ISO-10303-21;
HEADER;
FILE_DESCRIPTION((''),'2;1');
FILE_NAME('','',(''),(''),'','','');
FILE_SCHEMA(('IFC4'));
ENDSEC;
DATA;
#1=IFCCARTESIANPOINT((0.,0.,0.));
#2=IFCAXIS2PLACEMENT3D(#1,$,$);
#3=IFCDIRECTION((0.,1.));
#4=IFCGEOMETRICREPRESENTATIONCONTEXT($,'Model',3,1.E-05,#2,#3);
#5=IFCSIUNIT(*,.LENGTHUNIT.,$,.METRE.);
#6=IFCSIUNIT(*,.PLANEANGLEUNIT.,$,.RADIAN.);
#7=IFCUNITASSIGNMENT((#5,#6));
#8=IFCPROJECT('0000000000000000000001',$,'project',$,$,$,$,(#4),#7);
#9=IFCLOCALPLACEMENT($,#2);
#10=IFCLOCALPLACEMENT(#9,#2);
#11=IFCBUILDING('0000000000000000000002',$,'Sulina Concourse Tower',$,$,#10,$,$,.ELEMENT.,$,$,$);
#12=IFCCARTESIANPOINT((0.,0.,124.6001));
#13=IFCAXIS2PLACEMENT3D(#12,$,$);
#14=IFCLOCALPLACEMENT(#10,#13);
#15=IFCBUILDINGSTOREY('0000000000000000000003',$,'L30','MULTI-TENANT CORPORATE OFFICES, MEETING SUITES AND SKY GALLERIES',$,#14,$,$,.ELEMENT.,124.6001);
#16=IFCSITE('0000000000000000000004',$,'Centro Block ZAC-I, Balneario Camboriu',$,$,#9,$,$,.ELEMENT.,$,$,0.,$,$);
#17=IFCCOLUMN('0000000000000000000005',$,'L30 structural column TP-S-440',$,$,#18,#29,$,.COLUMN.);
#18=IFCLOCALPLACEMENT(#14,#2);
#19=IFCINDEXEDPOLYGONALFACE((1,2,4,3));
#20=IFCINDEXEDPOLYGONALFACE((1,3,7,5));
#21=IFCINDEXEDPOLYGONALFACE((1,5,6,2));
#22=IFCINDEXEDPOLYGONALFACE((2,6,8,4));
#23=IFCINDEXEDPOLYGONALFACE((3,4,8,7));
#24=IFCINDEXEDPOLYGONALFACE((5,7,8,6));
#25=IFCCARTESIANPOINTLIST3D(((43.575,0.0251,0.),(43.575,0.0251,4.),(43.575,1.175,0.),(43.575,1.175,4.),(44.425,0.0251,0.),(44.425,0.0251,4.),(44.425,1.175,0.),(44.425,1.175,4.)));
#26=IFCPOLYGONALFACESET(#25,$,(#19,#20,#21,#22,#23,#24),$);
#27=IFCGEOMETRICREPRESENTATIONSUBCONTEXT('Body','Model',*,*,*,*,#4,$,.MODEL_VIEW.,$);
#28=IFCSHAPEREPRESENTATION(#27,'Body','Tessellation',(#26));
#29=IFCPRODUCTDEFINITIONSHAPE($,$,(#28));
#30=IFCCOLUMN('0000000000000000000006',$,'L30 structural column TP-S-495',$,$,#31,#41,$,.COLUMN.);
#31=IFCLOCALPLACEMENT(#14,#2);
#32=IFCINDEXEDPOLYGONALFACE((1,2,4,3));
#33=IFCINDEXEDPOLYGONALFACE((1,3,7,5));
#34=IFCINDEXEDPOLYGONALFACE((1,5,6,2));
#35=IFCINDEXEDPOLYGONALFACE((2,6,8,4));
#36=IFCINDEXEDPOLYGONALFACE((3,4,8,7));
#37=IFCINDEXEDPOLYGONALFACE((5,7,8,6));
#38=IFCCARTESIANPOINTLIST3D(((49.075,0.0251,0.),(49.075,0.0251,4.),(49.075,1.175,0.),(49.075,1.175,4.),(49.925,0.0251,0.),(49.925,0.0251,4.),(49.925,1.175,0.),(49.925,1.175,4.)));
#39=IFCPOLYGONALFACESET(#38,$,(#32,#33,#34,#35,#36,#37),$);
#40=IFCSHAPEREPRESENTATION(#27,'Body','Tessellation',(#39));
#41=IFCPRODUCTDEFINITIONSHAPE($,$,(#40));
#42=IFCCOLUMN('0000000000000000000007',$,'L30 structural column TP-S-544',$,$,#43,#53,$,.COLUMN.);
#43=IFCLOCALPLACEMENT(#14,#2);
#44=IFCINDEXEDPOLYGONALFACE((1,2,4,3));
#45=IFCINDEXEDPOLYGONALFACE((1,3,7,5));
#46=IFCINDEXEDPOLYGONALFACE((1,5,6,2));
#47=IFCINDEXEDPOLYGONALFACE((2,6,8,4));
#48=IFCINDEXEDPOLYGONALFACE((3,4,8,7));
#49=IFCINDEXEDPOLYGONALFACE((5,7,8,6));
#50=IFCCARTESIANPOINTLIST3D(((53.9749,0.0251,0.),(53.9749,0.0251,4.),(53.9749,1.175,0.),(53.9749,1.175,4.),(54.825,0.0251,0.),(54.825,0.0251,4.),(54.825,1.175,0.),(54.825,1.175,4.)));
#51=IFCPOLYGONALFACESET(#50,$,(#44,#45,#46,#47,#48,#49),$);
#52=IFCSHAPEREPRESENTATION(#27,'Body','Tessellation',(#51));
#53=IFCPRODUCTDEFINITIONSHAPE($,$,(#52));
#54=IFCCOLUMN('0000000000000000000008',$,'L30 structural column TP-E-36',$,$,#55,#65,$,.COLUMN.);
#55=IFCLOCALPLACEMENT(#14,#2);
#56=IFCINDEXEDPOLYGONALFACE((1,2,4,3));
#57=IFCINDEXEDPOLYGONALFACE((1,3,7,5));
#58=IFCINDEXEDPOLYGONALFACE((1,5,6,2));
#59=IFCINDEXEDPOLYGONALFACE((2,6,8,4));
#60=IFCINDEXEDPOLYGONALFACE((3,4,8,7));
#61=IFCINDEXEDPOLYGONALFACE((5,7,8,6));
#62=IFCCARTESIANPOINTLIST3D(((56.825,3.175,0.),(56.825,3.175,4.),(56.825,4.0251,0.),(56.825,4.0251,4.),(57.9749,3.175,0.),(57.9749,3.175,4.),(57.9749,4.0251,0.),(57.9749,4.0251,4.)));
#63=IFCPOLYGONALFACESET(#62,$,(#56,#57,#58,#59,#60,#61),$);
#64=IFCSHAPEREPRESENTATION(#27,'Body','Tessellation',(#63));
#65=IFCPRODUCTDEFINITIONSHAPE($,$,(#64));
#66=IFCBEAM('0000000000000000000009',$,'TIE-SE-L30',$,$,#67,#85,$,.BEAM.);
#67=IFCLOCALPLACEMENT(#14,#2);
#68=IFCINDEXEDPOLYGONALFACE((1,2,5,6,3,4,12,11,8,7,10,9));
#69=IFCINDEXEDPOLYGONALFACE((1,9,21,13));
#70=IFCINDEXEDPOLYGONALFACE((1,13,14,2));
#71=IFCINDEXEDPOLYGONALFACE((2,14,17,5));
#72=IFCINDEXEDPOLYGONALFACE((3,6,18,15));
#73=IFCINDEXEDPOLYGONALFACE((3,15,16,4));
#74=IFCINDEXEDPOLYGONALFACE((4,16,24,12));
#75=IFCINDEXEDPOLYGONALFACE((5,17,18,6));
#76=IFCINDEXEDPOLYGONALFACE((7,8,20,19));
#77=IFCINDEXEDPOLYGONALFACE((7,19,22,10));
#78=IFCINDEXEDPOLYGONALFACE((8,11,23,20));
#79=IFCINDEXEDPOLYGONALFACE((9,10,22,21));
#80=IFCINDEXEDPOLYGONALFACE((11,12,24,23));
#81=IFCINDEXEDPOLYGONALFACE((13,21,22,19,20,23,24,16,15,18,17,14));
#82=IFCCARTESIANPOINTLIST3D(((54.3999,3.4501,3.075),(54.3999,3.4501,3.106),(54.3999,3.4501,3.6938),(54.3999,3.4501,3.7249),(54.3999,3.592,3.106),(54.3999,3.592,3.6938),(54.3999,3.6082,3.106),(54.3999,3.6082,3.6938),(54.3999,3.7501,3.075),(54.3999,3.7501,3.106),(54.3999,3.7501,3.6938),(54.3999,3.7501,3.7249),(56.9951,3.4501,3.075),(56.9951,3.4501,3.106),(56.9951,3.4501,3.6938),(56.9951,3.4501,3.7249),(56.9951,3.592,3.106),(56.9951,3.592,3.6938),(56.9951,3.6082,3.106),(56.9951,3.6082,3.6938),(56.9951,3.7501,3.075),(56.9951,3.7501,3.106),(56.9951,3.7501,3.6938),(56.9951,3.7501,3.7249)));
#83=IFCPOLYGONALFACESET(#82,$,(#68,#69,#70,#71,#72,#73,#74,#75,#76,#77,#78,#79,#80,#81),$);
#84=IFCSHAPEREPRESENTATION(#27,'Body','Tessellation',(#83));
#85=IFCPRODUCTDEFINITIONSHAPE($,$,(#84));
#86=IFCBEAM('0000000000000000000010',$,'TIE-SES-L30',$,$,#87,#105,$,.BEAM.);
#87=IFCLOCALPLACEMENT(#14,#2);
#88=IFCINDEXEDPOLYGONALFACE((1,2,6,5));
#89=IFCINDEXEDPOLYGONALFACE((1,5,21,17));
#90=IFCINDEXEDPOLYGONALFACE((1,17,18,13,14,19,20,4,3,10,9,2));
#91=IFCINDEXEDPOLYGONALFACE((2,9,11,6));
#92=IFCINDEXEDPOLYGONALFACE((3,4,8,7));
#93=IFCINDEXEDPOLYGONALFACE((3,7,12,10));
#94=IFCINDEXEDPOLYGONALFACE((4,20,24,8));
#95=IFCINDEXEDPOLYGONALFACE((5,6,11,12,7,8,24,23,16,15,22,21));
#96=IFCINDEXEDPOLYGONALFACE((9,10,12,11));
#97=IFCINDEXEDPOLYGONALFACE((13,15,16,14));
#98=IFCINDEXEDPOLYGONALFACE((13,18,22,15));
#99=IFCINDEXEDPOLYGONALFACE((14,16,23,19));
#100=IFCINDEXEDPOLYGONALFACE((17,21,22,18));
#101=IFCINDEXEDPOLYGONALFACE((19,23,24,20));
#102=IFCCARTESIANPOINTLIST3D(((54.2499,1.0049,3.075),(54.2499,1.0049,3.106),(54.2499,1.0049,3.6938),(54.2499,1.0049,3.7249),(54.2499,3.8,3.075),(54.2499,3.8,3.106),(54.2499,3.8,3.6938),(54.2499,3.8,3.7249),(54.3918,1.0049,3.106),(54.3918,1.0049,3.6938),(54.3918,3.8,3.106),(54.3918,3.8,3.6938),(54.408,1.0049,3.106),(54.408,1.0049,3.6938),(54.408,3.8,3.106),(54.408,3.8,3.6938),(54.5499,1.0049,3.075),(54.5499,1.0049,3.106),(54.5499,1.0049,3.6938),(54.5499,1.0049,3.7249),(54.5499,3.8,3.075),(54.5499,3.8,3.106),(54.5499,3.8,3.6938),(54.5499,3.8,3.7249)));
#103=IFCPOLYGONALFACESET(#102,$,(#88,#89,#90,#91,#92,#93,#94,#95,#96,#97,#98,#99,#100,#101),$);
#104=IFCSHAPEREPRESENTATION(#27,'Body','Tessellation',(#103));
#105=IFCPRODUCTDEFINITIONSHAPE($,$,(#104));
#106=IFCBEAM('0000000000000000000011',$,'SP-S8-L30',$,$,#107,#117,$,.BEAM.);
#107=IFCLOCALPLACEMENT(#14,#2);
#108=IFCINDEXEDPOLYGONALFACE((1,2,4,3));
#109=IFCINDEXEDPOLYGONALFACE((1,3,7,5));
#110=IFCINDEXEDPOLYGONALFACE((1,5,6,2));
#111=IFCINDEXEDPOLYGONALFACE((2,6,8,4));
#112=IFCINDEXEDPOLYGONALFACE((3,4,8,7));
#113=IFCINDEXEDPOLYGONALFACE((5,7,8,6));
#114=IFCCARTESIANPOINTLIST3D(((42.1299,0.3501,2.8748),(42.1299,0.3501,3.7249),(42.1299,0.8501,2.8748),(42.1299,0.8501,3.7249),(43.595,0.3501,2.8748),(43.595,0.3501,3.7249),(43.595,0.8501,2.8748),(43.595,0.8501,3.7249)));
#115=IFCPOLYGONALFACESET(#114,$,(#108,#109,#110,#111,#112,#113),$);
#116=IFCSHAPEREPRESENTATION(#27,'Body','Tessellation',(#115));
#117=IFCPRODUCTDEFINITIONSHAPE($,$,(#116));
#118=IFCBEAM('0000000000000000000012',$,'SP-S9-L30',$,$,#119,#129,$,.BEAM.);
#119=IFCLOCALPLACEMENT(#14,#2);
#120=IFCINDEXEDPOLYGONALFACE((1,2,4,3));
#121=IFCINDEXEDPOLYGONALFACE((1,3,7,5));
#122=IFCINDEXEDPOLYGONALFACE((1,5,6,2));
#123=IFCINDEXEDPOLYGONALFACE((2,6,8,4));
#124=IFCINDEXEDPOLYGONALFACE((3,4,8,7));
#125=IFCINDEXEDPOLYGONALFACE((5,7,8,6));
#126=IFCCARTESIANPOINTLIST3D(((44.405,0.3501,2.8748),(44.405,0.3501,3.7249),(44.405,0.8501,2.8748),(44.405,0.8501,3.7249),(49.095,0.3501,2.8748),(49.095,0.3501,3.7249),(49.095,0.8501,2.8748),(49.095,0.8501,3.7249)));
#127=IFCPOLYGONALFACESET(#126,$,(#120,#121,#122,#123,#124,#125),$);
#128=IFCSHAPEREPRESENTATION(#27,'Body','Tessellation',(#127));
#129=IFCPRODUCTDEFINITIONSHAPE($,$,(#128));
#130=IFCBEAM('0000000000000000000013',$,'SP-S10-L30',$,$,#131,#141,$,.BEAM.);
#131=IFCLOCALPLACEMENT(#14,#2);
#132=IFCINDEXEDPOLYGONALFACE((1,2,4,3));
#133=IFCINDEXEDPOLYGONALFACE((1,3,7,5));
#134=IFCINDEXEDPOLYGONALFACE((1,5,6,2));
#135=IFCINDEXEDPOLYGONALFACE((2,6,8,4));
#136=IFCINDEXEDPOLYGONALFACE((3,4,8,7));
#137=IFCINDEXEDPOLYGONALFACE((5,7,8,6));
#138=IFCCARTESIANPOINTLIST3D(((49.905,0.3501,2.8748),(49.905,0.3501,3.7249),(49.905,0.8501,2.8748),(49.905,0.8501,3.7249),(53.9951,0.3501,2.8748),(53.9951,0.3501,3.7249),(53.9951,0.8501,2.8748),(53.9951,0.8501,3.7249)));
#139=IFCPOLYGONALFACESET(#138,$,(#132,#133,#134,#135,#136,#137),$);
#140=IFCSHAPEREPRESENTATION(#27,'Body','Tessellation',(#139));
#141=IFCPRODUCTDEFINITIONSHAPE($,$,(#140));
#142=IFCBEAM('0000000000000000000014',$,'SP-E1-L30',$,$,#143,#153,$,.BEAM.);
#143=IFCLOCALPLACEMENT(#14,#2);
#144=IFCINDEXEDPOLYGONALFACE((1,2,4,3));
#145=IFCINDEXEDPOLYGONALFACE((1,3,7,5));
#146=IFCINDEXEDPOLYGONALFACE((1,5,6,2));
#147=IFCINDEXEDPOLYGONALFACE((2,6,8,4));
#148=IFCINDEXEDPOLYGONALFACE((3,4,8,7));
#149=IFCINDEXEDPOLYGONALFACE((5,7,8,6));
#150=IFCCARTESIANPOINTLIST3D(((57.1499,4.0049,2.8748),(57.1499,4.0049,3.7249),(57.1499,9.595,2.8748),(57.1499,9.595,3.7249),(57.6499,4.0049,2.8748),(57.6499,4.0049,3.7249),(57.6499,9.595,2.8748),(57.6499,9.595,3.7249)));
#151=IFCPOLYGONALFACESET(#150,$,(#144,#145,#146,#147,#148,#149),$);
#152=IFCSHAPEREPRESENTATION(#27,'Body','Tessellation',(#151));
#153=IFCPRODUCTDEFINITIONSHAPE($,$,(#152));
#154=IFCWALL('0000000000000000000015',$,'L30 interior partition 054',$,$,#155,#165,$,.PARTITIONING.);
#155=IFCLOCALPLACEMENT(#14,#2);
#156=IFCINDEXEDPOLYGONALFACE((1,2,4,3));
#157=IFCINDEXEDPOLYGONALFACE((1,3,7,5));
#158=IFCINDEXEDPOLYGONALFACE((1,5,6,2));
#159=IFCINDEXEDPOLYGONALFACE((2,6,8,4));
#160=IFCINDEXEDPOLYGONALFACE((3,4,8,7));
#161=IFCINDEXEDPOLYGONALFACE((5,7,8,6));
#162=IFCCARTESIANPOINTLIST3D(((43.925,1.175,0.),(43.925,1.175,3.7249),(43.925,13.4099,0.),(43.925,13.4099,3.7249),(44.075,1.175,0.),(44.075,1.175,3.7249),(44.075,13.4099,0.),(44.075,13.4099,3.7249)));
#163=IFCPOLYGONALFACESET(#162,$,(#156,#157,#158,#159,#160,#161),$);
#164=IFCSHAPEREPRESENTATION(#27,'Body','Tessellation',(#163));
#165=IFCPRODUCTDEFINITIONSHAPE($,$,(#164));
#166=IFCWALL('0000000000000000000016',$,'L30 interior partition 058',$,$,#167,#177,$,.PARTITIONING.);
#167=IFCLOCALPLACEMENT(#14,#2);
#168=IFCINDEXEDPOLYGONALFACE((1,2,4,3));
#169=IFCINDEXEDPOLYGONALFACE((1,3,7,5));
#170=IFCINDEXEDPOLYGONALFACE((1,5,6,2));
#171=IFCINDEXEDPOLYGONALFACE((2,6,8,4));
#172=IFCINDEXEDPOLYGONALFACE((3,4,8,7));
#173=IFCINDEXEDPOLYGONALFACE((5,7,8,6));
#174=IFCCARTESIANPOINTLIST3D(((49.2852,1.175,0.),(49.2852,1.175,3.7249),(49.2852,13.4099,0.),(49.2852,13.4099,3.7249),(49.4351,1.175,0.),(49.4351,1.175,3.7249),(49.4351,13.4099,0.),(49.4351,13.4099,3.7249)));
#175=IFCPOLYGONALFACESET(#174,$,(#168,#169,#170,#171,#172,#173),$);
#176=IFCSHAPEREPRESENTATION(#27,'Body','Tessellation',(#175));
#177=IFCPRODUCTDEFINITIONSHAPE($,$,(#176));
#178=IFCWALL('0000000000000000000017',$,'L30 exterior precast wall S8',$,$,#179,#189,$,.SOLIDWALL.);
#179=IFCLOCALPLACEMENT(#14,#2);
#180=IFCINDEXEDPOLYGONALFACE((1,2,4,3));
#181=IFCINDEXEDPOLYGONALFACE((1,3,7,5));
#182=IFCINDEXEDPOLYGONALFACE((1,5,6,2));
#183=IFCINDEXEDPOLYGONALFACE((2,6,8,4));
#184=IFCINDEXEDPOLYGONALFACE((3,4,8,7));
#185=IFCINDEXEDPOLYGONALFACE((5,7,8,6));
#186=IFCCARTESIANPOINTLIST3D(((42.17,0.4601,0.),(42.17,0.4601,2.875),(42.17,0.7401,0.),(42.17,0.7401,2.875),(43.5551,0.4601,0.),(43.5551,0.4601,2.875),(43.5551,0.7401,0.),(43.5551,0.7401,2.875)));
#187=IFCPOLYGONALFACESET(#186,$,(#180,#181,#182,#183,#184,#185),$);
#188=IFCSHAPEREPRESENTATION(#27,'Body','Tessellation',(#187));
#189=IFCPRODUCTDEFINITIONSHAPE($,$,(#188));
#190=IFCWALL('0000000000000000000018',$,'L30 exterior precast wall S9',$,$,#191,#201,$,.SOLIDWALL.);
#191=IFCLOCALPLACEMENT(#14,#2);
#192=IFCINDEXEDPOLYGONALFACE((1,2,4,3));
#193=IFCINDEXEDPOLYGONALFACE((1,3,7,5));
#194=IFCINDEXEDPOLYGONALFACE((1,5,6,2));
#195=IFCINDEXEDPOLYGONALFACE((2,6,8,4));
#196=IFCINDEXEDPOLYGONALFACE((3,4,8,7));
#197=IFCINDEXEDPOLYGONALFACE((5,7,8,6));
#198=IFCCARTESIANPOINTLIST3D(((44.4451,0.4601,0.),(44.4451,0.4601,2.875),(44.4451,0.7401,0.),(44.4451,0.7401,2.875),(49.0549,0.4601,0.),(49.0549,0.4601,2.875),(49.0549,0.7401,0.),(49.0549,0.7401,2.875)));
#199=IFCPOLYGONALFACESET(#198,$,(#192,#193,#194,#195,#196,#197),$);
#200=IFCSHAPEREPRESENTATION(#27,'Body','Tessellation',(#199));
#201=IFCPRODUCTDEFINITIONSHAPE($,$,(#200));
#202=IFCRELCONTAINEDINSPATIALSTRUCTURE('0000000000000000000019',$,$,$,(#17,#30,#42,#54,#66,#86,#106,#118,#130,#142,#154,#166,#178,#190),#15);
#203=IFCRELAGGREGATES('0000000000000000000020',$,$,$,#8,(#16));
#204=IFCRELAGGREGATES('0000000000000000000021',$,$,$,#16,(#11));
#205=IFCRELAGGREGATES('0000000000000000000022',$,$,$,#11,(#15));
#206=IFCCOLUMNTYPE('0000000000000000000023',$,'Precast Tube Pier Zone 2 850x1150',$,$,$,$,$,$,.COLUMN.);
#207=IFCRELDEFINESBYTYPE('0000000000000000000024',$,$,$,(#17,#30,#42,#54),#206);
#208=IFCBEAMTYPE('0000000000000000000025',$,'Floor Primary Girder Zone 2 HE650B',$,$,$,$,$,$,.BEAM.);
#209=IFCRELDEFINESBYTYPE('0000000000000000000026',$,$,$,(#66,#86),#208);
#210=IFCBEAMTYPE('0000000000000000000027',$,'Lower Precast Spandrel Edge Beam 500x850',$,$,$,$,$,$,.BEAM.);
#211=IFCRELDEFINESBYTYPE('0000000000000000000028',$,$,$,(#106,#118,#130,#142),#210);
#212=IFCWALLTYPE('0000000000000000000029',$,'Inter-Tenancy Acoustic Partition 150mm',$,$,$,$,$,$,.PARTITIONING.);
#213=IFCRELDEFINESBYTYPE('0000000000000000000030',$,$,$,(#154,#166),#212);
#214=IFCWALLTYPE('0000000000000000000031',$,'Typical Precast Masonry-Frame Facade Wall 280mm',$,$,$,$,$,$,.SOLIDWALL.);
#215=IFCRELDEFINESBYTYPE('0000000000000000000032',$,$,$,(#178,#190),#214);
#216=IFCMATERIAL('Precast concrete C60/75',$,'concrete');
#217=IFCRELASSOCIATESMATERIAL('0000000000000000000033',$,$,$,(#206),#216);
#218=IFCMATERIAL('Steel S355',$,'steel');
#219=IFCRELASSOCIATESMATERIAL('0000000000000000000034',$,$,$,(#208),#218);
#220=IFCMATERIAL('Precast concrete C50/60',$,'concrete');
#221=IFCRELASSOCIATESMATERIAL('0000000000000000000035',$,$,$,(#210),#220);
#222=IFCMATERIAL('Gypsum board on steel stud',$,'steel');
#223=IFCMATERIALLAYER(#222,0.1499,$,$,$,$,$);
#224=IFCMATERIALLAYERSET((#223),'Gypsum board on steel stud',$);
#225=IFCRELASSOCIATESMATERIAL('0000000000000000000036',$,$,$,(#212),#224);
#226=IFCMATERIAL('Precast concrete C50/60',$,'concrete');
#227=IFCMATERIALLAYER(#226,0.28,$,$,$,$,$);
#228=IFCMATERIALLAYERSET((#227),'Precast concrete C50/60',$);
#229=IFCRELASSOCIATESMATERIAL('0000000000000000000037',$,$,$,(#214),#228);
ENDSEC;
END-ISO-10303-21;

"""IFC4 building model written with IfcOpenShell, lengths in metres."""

from ifc_helpers import new_model, si_unit, direction, frame, frame_2d, origin, origin_2d, place, context, subcontext, project, spatial, rectangle, i_section, extrude, material, layer, layer_set, material_profile, profile_set, type_object, element, save


model = new_model("IFC4")

# Units and contexts
model_context = context("Model", 3, precision=1e-05, world=origin(), true_north=direction((0.0, 1.0)))
body_context = subcontext(model_context, "Body", "Model", "MODEL_VIEW")
ifc_project = project(units=[si_unit("LENGTHUNIT", "METRE"), si_unit("PLANEANGLEUNIT", "RADIAN")], contexts=[model_context])

# Site, building, storey
site_placement = place(None, origin())
site = spatial("IfcSite", under=ifc_project, at=site_placement, Name="Centro Block ZAC-I, Balneario Camboriu", CompositionType="ELEMENT", RefElevation=0.0)
building_placement = place(site_placement, origin())
building = spatial("IfcBuilding", under=site, at=building_placement, Name="Sulina Concourse Tower", CompositionType="ELEMENT")
storey_placement = place(building_placement, frame((0.0, 0.0, 124.6001)))
storey = spatial("IfcBuildingStorey", under=building, at=storey_placement, Name="L30", Description="MULTI-TENANT CORPORATE OFFICES, MEETING SUITES AND SKY GALLERIES", CompositionType="ELEMENT", Elevation=124.6001)

# Columns
ifc_material_1 = material(Name="Precast concrete C60/75", Category="concrete")
ifc_material_profile_1 = material_profile(ifc_material_1, rectangle(XDim=0.8501, YDim=1.1499, at=origin_2d()), Name="PC 850x1150")
ifc_profile_set_1 = profile_set([ifc_material_profile_1], Name="Precast concrete C60/75")
column_type = type_object("IfcColumnType", Name="Precast Tube Pier Zone 2 850x1150", PredefinedType="COLUMN", material=ifc_profile_set_1)
for number, where, z_axis, x_axis, name in (
    (1, (44.0, 0.6001, 0.0), (0.0, 0.0, 1.0), (1.0, 0.0, 0.0), "L30 structural column TP-S-440"),
    (2, (49.5, 0.6001, 0.0), (0.0, 0.0, 1.0), (1.0, 0.0, 0.0), "L30 structural column TP-S-495"),
    (3, (54.3999, 0.6001, 0.0), (0.0, 0.0, 1.0), (1.0, 0.0, 0.0), "L30 structural column TP-S-544"),
    (4, (57.3999, 3.6001, 0.0), (0.0, 0.0, 1.0), (0.0, 1.0, 0.0), "L30 structural column TP-E-36"),
):
    element("IfcColumn", number, at=place(storey_placement, frame(where, z_axis=z_axis, x_axis=x_axis)), inside=storey, type_object=column_type, Name=name, PredefinedType="COLUMN", context=body_context, shape_type="SweptSolid", body=[
        extrude(rectangle(XDim=0.8501, YDim=1.1499, at=origin_2d()), origin(), (0.0, 0.0, 1.0), 4.0),
    ])

# Beams
ifc_material_2 = material(Name="Steel S355", Category="steel")
ifc_material_profile_2 = material_profile(ifc_material_2, i_section(OverallWidth=0.3, OverallDepth=0.6499, WebThickness=0.0161, FlangeThickness=0.031, at=origin_2d()), Name="HE 650 B")
ifc_profile_set_2 = profile_set([ifc_material_profile_2], Name="Steel S355")
beam_type_1 = type_object("IfcBeamType", Name="Floor Primary Girder Zone 2 HE650B", PredefinedType="BEAM", material=ifc_profile_set_2)
beam_1_placement = place(storey_placement, frame((54.3999, 3.6001, 3.3999), z_axis=(1.0, 0.0, 0.0), x_axis=(0.0, 1.0, 0.0)))
element("IfcBeam", 5, at=beam_1_placement, inside=storey, type_object=beam_type_1, Name="TIE-SE-L30", PredefinedType="BEAM", context=body_context, shape_type="SweptSolid", body=[
    extrude(i_section(OverallWidth=0.3, OverallDepth=0.6499, WebThickness=0.0161, FlangeThickness=0.031, at=origin_2d()), origin(), (0.0, 0.0, 1.0), 2.5952),
])
beam_2_placement = place(storey_placement, frame((54.3999, 1.0049, 3.3999), z_axis=(0.0, 1.0, 0.0), x_axis=(-1.0, 0.0, 0.0)))
element("IfcBeam", 6, at=beam_2_placement, inside=storey, type_object=beam_type_1, Name="TIE-SES-L30", PredefinedType="BEAM", context=body_context, shape_type="SweptSolid", body=[
    extrude(i_section(OverallWidth=0.3, OverallDepth=0.6499, WebThickness=0.0161, FlangeThickness=0.031, at=origin_2d()), origin(), (0.0, 0.0, 1.0), 2.7952),
])
ifc_material_3 = material(Name="Precast concrete C50/60", Category="concrete")
ifc_material_profile_3 = material_profile(ifc_material_3, rectangle(XDim=0.5, YDim=0.8501, at=origin_2d()), Name="RC 500x850")
ifc_profile_set_3 = profile_set([ifc_material_profile_3], Name="Precast concrete C50/60")
beam_type_2 = type_object("IfcBeamType", Name="Lower Precast Spandrel Edge Beam 500x850", PredefinedType="BEAM", material=ifc_profile_set_3)
beam_3_placement = place(storey_placement, frame((42.1299, 0.6001, 3.2998), z_axis=(1.0, 0.0, 0.0), x_axis=(0.0, 1.0, 0.0)))
element("IfcBeam", 7, at=beam_3_placement, inside=storey, type_object=beam_type_2, Name="SP-S8-L30", PredefinedType="BEAM", context=body_context, shape_type="SweptSolid", body=[
    extrude(rectangle(XDim=0.5, YDim=0.8501, at=origin_2d()), origin(), (0.0, 0.0, 1.0), 1.4651),
])
beam_4_placement = place(storey_placement, frame((44.405, 0.6001, 3.2998), z_axis=(1.0, 0.0, 0.0), x_axis=(0.0, 1.0, 0.0)))
element("IfcBeam", 8, at=beam_4_placement, inside=storey, type_object=beam_type_2, Name="SP-S9-L30", PredefinedType="BEAM", context=body_context, shape_type="SweptSolid", body=[
    extrude(rectangle(XDim=0.5, YDim=0.8501, at=origin_2d()), origin(), (0.0, 0.0, 1.0), 4.6899),
])
beam_5_placement = place(storey_placement, frame((49.905, 0.6001, 3.2998), z_axis=(1.0, 0.0, 0.0), x_axis=(0.0, 1.0, 0.0)))
element("IfcBeam", 9, at=beam_5_placement, inside=storey, type_object=beam_type_2, Name="SP-S10-L30", PredefinedType="BEAM", context=body_context, shape_type="SweptSolid", body=[
    extrude(rectangle(XDim=0.5, YDim=0.8501, at=origin_2d()), origin(), (0.0, 0.0, 1.0), 4.0901),
])
beam_6_placement = place(storey_placement, frame((57.3999, 4.0049, 3.2998), z_axis=(0.0, 1.0, 0.0), x_axis=(-1.0, 0.0, 0.0)))
element("IfcBeam", 10, at=beam_6_placement, inside=storey, type_object=beam_type_2, Name="SP-E1-L30", PredefinedType="BEAM", context=body_context, shape_type="SweptSolid", body=[
    extrude(rectangle(XDim=0.5, YDim=0.8501, at=origin_2d()), origin(), (0.0, 0.0, 1.0), 5.5901),
])

# Walls
ifc_material_4 = material(Name="Gypsum board on steel stud", Category="steel")
ifc_layer_1 = layer(ifc_material_4, 0.1499)
ifc_layer_set_1 = layer_set([ifc_layer_1], Name="Gypsum board on steel stud")
wall_type_1 = type_object("IfcWallType", Name="Inter-Tenancy Acoustic Partition 150mm", PredefinedType="PARTITIONING", material=ifc_layer_set_1)
for number, where, z_axis, x_axis, name in (
    (11, (44.0, 1.175, 0.0), (0.0, 0.0, 1.0), (0.0, 1.0, 0.0), "L30 interior partition 054"),
    (12, (49.3601, 1.175, 0.0), (0.0, 0.0, 1.0), (0.0, 1.0, 0.0), "L30 interior partition 058"),
):
    element("IfcWall", number, at=place(storey_placement, frame(where, z_axis=z_axis, x_axis=x_axis)), inside=storey, type_object=wall_type_1, Name=name, PredefinedType="PARTITIONING", context=body_context, shape_type="SweptSolid", body=[
        extrude(rectangle(XDim=12.2349, YDim=0.1499, at=frame_2d((6.1174, 0.0))), origin(), (0.0, 0.0, 1.0), 3.7249),
    ])
ifc_material_5 = material(Name="Precast concrete C50/60", Category="concrete")
ifc_layer_2 = layer(ifc_material_5, 0.28)
ifc_layer_set_2 = layer_set([ifc_layer_2], Name="Precast concrete C50/60")
wall_type_2 = type_object("IfcWallType", Name="Typical Precast Masonry-Frame Facade Wall 280mm", PredefinedType="SOLIDWALL", material=ifc_layer_set_2)
wall_1_placement = place(storey_placement, frame((43.5549, 0.6001, 0.0), z_axis=(0.0, 0.0, 1.0), x_axis=(-1.0, 0.0, 0.0)))
element("IfcWall", 13, at=wall_1_placement, inside=storey, type_object=wall_type_2, Name="L30 exterior precast wall S8", PredefinedType="SOLIDWALL", context=body_context, shape_type="SweptSolid", body=[
    extrude(rectangle(XDim=1.385, YDim=0.28, at=frame_2d((0.6924, 0.0))), origin(), (0.0, 0.0, 1.0), 2.875),
])
wall_2_placement = place(storey_placement, frame((49.0549, 0.6001, 0.0), z_axis=(0.0, 0.0, 1.0), x_axis=(-1.0, 0.0, 0.0)))
element("IfcWall", 14, at=wall_2_placement, inside=storey, type_object=wall_type_2, Name="L30 exterior precast wall S9", PredefinedType="SOLIDWALL", context=body_context, shape_type="SweptSolid", body=[
    extrude(rectangle(XDim=4.6099, YDim=0.28, at=frame_2d((2.3049, 0.0))), origin(), (0.0, 0.0, 1.0), 2.875),
])

save(model, "model.ifc")
